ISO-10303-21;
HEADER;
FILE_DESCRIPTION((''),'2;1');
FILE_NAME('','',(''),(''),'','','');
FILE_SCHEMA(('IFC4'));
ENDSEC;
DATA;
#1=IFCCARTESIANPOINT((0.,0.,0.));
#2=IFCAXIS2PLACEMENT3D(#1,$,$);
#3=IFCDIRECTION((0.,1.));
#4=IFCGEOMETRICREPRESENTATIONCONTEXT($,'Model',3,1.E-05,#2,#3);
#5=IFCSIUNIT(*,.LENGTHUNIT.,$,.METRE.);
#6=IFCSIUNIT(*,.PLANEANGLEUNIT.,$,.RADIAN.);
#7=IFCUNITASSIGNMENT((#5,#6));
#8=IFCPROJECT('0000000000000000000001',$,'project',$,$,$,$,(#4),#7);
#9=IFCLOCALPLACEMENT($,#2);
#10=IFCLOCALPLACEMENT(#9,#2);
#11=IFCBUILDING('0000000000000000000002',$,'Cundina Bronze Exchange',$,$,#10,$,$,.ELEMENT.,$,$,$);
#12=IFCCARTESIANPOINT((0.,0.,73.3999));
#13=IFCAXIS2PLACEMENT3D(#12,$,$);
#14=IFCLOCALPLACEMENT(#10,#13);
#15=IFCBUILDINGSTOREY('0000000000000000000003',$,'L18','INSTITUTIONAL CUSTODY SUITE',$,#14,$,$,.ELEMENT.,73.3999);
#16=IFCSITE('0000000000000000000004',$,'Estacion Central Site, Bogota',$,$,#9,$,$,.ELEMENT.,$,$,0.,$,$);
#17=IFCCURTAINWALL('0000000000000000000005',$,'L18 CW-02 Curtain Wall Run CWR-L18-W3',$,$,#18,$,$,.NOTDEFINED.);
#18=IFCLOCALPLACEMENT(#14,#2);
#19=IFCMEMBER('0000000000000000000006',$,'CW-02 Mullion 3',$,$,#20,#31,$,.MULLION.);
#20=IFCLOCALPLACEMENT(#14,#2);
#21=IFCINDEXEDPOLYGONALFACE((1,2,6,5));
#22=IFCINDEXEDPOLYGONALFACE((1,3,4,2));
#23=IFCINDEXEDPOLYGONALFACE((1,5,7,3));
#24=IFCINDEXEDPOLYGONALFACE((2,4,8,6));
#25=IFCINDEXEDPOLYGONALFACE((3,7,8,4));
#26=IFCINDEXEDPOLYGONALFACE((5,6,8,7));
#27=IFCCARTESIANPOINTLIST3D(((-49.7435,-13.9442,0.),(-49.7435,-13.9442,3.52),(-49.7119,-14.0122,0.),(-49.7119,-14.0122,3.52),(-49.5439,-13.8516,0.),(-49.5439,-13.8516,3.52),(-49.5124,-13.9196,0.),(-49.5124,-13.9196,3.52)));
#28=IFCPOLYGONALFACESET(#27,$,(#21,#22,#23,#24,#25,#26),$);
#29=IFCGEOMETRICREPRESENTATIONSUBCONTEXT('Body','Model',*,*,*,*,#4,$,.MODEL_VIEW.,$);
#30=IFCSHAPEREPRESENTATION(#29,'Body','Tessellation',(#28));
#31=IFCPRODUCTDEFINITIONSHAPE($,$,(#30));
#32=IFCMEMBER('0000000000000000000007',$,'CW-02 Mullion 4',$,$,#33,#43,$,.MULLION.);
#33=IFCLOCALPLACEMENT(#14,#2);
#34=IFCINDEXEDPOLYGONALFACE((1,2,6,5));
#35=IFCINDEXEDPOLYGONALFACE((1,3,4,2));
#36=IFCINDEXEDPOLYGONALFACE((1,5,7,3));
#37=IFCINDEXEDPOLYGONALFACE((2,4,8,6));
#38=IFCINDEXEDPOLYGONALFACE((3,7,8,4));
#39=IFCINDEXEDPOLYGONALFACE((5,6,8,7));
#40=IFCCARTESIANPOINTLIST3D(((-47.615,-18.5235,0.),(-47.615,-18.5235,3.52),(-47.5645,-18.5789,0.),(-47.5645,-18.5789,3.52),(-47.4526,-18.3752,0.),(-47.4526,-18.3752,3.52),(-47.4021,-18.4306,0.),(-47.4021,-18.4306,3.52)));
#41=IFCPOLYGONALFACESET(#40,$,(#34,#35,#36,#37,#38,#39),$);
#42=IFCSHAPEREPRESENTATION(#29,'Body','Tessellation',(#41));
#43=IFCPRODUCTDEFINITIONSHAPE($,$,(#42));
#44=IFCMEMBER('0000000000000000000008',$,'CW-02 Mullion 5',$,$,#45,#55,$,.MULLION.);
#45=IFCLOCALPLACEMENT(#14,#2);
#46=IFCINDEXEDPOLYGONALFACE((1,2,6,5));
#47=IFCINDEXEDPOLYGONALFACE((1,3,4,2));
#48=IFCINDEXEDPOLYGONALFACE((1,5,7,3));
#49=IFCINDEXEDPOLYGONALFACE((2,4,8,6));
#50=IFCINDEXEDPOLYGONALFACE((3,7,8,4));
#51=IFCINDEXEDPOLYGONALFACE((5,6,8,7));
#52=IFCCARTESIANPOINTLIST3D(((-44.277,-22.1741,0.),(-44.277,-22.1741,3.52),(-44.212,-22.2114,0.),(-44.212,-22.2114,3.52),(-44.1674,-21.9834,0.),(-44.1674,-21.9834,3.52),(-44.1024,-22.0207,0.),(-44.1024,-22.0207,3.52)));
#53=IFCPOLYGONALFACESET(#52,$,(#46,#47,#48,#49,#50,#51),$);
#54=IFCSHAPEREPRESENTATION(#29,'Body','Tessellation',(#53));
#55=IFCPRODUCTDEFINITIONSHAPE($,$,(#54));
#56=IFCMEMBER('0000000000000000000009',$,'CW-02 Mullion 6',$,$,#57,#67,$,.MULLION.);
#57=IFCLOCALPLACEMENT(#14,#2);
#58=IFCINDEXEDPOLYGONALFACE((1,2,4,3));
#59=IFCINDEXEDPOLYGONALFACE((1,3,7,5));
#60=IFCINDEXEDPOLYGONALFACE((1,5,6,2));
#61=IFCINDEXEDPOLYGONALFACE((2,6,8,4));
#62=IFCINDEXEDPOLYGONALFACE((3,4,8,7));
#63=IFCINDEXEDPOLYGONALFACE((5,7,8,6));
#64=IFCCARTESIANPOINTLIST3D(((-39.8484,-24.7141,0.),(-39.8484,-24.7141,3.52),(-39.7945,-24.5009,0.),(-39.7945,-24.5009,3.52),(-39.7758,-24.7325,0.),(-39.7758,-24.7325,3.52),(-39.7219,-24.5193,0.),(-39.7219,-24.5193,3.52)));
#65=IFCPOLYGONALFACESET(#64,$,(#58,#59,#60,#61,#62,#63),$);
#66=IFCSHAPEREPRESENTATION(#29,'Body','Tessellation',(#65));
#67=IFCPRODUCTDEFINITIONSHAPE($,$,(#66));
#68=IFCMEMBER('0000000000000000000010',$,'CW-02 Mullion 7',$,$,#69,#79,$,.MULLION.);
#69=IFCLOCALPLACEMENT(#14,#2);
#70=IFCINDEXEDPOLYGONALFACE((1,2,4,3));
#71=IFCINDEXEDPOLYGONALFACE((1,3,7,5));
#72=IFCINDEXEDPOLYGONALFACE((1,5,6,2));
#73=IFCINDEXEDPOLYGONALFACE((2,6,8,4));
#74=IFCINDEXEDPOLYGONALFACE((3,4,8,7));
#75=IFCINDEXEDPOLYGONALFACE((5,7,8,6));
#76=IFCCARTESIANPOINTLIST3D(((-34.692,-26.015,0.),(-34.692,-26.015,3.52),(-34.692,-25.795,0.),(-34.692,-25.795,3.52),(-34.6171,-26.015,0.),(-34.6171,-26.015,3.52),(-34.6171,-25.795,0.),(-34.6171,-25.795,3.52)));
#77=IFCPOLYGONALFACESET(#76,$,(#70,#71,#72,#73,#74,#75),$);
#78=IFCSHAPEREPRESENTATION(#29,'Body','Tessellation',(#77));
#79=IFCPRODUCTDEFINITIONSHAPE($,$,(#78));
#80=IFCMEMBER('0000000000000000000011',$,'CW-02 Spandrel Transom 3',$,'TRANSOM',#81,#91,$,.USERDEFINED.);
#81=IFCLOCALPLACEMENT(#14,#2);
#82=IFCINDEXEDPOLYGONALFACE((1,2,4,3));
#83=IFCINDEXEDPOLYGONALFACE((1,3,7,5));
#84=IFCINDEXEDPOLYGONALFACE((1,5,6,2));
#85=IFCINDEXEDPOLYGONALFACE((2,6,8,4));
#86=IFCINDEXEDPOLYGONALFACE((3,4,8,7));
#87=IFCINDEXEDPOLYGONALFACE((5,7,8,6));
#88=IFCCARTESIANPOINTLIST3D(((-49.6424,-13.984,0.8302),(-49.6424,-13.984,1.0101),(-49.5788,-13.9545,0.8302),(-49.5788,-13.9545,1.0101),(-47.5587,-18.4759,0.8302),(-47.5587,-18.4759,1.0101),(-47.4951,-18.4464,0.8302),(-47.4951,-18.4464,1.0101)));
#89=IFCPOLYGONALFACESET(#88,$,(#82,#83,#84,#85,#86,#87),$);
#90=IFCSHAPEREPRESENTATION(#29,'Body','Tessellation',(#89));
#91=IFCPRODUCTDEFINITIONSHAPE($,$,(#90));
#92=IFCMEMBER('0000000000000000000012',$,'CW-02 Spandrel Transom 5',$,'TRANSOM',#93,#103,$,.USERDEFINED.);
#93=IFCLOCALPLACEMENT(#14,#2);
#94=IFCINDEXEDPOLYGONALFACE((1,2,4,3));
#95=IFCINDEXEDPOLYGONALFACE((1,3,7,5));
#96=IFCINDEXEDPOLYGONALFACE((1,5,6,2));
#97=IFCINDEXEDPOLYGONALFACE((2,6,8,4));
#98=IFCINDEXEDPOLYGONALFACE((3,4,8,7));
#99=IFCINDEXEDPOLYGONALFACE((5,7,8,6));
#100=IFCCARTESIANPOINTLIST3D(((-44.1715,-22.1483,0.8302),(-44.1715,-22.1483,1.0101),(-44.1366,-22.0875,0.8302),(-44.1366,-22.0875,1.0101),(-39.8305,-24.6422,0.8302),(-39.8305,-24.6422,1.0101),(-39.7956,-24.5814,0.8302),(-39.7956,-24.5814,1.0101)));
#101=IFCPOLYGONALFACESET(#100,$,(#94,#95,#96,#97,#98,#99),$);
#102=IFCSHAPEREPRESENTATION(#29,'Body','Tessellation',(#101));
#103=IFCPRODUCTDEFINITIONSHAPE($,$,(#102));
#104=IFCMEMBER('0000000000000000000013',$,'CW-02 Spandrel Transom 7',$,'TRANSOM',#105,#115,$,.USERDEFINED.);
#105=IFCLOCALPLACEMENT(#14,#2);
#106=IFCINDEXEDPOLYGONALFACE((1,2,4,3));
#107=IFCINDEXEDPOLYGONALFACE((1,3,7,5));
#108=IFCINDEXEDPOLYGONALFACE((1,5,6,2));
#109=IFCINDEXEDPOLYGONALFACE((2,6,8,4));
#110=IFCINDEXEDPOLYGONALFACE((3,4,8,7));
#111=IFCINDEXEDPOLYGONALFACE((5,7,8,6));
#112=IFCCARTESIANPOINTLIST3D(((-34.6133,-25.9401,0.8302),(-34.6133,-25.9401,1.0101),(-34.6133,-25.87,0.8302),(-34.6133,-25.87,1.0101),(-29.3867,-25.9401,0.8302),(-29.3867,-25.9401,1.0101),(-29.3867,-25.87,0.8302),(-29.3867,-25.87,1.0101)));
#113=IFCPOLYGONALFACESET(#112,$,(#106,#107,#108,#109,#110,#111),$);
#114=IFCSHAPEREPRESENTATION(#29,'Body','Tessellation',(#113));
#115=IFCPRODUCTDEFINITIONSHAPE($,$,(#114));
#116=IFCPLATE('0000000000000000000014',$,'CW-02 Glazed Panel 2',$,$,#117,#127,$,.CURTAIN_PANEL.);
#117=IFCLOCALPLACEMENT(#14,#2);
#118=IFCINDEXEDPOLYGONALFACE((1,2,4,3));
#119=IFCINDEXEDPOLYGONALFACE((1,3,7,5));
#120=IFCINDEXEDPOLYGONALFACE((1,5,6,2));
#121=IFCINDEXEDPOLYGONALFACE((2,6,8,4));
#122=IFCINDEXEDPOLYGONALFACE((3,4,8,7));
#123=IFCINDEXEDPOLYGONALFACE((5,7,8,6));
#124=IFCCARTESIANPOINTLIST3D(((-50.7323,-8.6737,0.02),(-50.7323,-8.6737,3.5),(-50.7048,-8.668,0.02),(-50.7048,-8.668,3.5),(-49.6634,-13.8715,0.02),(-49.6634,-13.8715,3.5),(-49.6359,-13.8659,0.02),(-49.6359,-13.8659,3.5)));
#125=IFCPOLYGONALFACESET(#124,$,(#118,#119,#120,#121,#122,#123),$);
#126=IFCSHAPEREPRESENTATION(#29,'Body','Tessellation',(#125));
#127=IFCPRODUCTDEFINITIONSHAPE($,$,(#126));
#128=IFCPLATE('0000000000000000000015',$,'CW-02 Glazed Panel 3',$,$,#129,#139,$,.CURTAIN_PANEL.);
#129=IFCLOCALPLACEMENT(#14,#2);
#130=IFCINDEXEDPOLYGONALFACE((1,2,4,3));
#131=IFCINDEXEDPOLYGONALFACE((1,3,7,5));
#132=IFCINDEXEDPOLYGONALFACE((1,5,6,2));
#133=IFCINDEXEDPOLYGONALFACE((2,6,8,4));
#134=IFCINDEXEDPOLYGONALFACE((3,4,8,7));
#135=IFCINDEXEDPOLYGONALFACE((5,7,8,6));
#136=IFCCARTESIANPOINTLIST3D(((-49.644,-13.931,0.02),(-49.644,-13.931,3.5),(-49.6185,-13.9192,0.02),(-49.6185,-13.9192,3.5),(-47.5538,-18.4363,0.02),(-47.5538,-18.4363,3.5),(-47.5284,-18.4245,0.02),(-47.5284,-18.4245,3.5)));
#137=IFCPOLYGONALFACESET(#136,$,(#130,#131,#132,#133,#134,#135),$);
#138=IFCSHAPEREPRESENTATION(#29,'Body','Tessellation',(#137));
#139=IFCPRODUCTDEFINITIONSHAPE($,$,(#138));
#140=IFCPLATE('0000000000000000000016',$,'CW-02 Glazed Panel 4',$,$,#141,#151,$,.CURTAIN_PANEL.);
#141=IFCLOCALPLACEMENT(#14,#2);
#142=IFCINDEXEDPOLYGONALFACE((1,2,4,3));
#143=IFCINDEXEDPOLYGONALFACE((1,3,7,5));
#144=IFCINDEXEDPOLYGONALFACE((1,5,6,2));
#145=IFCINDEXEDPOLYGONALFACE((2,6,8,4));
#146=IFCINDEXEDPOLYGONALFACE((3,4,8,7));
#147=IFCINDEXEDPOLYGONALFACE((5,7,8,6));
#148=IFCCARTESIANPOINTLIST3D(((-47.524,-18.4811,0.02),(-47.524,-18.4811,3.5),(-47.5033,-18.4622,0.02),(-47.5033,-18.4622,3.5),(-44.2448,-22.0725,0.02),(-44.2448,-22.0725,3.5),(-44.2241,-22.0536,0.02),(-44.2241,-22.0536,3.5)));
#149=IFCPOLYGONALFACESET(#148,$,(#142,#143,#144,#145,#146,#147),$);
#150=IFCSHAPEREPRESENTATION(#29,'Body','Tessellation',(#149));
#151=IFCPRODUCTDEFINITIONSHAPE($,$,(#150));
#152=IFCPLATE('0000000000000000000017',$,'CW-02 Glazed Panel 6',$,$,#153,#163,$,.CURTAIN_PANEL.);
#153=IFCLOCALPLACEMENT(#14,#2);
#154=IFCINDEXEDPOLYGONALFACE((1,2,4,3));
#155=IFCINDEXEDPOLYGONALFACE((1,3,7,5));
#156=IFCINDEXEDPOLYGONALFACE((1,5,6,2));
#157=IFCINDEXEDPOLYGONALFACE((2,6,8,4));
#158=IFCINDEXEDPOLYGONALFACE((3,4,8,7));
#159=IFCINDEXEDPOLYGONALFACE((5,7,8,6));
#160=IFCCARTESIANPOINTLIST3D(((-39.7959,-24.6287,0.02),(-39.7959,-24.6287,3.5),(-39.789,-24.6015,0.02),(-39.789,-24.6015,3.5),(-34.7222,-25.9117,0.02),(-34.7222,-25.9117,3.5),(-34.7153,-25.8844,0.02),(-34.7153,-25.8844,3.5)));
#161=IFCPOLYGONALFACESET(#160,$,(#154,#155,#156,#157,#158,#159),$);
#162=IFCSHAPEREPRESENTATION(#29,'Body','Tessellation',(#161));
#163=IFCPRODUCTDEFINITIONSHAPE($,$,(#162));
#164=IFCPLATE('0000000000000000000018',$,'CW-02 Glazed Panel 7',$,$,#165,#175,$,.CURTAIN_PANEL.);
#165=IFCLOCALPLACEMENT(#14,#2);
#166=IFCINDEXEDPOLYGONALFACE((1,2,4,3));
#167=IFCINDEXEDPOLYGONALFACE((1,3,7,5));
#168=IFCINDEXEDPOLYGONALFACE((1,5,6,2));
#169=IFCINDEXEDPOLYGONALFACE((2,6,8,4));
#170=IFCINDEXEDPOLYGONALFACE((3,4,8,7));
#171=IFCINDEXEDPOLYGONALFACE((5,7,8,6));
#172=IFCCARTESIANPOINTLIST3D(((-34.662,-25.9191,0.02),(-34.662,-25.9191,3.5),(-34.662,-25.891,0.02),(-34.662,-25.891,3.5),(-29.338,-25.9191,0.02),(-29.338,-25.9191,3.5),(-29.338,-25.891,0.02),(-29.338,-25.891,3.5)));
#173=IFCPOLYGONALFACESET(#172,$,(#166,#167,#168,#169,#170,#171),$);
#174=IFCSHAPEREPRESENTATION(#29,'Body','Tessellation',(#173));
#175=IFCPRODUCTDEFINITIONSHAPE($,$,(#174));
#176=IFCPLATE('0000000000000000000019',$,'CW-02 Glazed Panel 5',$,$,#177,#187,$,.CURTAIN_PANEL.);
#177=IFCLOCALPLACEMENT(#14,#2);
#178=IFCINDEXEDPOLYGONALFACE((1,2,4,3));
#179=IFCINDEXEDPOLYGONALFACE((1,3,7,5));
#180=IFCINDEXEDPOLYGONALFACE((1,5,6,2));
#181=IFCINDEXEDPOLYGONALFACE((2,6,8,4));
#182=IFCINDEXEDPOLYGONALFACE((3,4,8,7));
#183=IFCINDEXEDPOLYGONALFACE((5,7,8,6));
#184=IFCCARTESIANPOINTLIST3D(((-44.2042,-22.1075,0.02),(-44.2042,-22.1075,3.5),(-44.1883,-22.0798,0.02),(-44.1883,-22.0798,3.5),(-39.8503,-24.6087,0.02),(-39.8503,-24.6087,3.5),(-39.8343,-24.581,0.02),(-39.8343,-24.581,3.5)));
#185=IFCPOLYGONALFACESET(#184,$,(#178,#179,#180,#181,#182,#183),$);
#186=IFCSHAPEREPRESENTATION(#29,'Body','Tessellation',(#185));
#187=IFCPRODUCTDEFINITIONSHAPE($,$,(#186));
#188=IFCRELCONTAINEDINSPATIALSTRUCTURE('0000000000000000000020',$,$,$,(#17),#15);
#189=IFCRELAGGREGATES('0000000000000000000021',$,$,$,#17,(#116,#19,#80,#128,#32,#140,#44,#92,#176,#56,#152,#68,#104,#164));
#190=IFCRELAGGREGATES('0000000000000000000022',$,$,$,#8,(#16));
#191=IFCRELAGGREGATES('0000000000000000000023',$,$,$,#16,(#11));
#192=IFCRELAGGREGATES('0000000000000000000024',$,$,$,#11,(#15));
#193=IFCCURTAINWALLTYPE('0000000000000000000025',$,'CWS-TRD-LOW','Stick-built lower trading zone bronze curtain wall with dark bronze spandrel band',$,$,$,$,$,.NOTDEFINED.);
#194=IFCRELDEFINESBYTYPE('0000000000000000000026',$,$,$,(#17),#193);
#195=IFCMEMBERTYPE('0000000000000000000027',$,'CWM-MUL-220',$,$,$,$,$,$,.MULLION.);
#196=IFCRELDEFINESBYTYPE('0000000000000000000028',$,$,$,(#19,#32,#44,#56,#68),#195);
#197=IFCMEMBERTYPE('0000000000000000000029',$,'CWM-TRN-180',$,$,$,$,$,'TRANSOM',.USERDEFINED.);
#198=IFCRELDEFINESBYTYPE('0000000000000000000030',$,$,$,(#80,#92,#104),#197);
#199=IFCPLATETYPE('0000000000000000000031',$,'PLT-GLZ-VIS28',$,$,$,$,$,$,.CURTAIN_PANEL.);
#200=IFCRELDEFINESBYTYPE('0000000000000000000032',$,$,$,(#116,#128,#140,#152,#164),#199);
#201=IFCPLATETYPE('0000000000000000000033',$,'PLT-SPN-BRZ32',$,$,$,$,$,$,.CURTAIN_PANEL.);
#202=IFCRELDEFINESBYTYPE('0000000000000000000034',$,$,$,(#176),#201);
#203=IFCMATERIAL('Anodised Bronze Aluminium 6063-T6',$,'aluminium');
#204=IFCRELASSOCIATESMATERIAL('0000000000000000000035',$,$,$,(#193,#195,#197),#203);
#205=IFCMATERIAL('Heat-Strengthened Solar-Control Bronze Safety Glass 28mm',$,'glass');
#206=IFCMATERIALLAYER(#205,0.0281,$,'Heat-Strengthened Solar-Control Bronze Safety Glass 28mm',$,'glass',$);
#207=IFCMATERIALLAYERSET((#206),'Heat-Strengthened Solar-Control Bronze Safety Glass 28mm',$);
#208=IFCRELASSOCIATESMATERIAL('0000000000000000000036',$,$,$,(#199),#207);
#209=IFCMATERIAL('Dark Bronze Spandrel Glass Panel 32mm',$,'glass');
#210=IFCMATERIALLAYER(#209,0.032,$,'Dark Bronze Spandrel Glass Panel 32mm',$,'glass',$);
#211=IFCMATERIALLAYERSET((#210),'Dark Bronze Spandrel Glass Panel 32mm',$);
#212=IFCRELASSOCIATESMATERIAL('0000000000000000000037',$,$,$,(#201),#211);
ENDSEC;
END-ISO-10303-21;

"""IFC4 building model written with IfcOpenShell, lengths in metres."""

from ifc_helpers import new_model, si_unit, direction, frame, origin, origin_2d, place, context, subcontext, project, spatial, rectangle, extrude, material, layer, layer_set, material_profile, profile_set, type_object, element, aggregate, save


model = new_model("IFC4")

# Units and contexts
model_context = context("Model", 3, precision=1e-05, world=origin(), true_north=direction((0.0, 1.0)))
body_context = subcontext(model_context, "Body", "Model", "MODEL_VIEW")
ifc_project = project(units=[si_unit("LENGTHUNIT", "METRE"), si_unit("PLANEANGLEUNIT", "RADIAN")], contexts=[model_context])

# Site, building, storey
site_placement = place(None, origin())
site = spatial("IfcSite", under=ifc_project, at=site_placement, Name="Estacion Central Site, Bogota", CompositionType="ELEMENT", RefElevation=0.0)
building_placement = place(site_placement, origin())
building = spatial("IfcBuilding", under=site, at=building_placement, Name="Cundina Bronze Exchange", CompositionType="ELEMENT")
storey_placement = place(building_placement, frame((0.0, 0.0, 73.3999)))
storey = spatial("IfcBuildingStorey", under=building, at=storey_placement, Name="L18", Description="INSTITUTIONAL CUSTODY SUITE", CompositionType="ELEMENT", Elevation=73.3999)

# Curtain wall, members, plates
ifc_material_1 = material(Name="Anodised Bronze Aluminium 6063-T6", Category="aluminium")
curtain_wall_type = type_object("IfcCurtainWallType", Name="CWS-TRD-LOW", Description="Stick-built lower trading zone bronze curtain wall with dark bronze spandrel band", PredefinedType="NOTDEFINED", material=ifc_material_1)
curtain_wall_placement = place(storey_placement, origin())
curtain_wall = element("IfcCurtainWall", 1, at=curtain_wall_placement, inside=storey, type_object=curtain_wall_type, Name="L18 CW-02 Curtain Wall Run CWR-L18-W3", PredefinedType="NOTDEFINED")
ifc_material_profile_1 = material_profile(ifc_material_1, rectangle(XDim=0.075, YDim=0.22, at=origin_2d()), Name="AL75X220", Category="aluminium")
ifc_profile_set_1 = profile_set([ifc_material_profile_1], Name="Anodised Bronze Aluminium 6063-T6")
member_type_1 = type_object("IfcMemberType", Name="CWM-MUL-220", PredefinedType="MULLION", material=ifc_profile_set_1)
member_1_placement = place(storey_placement, frame((-49.6279, -13.9319, 0.0), z_axis=(0.0, 0.0, 1.0), x_axis=(0.420877, -0.907117, 0.0)))
member_1 = element("IfcMember", 2, at=member_1_placement, type_object=member_type_1, Name="CW-02 Mullion 3", PredefinedType="MULLION", context=body_context, shape_type="SweptSolid", body=[
    extrude(rectangle(XDim=0.075, YDim=0.22, at=origin_2d()), origin(), (0.0, 0.0, 1.0), 3.52),
])
member_2_placement = place(storey_placement, frame((-47.5085, -18.4771, 0.0), z_axis=(0.0, 0.0, 1.0), x_axis=(0.674302, -0.738455, 0.0)))
member_2 = element("IfcMember", 3, at=member_2_placement, type_object=member_type_1, Name="CW-02 Mullion 4", PredefinedType="MULLION", context=body_context, shape_type="SweptSolid", body=[
    extrude(rectangle(XDim=0.075, YDim=0.22, at=origin_2d()), origin(), (0.0, 0.0, 1.0), 3.52),
])
member_3_placement = place(storey_placement, frame((-44.1897, -22.0974, 0.0), z_axis=(0.0, 0.0, 1.0), x_axis=(0.867071, -0.498185, 0.0)))
member_3 = element("IfcMember", 4, at=member_3_placement, type_object=member_type_1, Name="CW-02 Mullion 5", PredefinedType="MULLION", context=body_context, shape_type="SweptSolid", body=[
    extrude(rectangle(XDim=0.075, YDim=0.22, at=origin_2d()), origin(), (0.0, 0.0, 1.0), 3.52),
])
member_4_placement = place(storey_placement, frame((-39.7852, -24.6167, 0.0), z_axis=(0.0, 0.0, 1.0), x_axis=(0.969488, -0.245138, 0.0)))
member_4 = element("IfcMember", 5, at=member_4_placement, type_object=member_type_1, Name="CW-02 Mullion 6", PredefinedType="MULLION", context=body_context, shape_type="SweptSolid", body=[
    extrude(rectangle(XDim=0.075, YDim=0.22, at=origin_2d()), origin(), (0.0, 0.0, 1.0), 3.52),
])
member_5_placement = place(storey_placement, frame((-34.6545, -25.905, 0.0), z_axis=(0.0, 0.0, 1.0), x_axis=(1.0, 0.0, 0.0)))
member_5 = element("IfcMember", 6, at=member_5_placement, type_object=member_type_1, Name="CW-02 Mullion 7", PredefinedType="MULLION", context=body_context, shape_type="SweptSolid", body=[
    extrude(rectangle(XDim=0.075, YDim=0.22, at=origin_2d()), origin(), (0.0, 0.0, 1.0), 3.52),
])
ifc_material_profile_2 = material_profile(ifc_material_1, rectangle(XDim=0.0701, YDim=0.1799, at=origin_2d()), Name="AL70X180", Category="aluminium")
ifc_profile_set_2 = profile_set([ifc_material_profile_2], Name="Anodised Bronze Aluminium 6063-T6")
member_type_2 = type_object("IfcMemberType", Name="CWM-TRN-180", ElementType="TRANSOM", PredefinedType="USERDEFINED", material=ifc_profile_set_2)
member_6_placement = place(storey_placement, frame((-49.6106, -13.9692, 0.9202), z_axis=(0.420811, -0.907148, 0.0), x_axis=(0.907148, 0.420811, 0.0)))
member_6 = element("IfcMember", 7, at=member_6_placement, type_object=member_type_2, Name="CW-02 Spandrel Transom 3", ObjectType="TRANSOM", PredefinedType="USERDEFINED", context=body_context, shape_type="SweptSolid", body=[
    extrude(rectangle(XDim=0.0701, YDim=0.1799, at=origin_2d()), origin(), (0.0, 0.0, 1.0), 4.9517),
])
member_7_placement = place(storey_placement, frame((-44.1541, -22.1179, 0.9202), z_axis=(0.867097, -0.498139, 0.0), x_axis=(0.498139, 0.867097, 0.0)))
member_7 = element("IfcMember", 8, at=member_7_placement, type_object=member_type_2, Name="CW-02 Spandrel Transom 5", ObjectType="TRANSOM", PredefinedType="USERDEFINED", context=body_context, shape_type="SweptSolid", body=[
    extrude(rectangle(XDim=0.0701, YDim=0.1799, at=origin_2d()), origin(), (0.0, 0.0, 1.0), 5.0063),
])
member_8_placement = place(storey_placement, frame((-34.6133, -25.905, 0.9202), z_axis=(1.0, 0.0, 0.0), x_axis=(0.0, 1.0, 0.0)))
member_8 = element("IfcMember", 9, at=member_8_placement, type_object=member_type_2, Name="CW-02 Spandrel Transom 7", ObjectType="TRANSOM", PredefinedType="USERDEFINED", context=body_context, shape_type="SweptSolid", body=[
    extrude(rectangle(XDim=0.0701, YDim=0.1799, at=origin_2d()), origin(), (0.0, 0.0, 1.0), 5.2266),
])
ifc_material_2 = material(Name="Heat-Strengthened Solar-Control Bronze Safety Glass 28mm", Category="glass")
ifc_layer_1 = layer(ifc_material_2, 0.0281, Name="Heat-Strengthened Solar-Control Bronze Safety Glass 28mm", Category="glass")
ifc_layer_set_1 = layer_set([ifc_layer_1], Name="Heat-Strengthened Solar-Control Bronze Safety Glass 28mm")
plate_type_1 = type_object("IfcPlateType", Name="PLT-GLZ-VIS28", PredefinedType="CURTAIN_PANEL", material=ifc_layer_set_1)
plate_1_placement = place(storey_placement, frame((-50.1841, -11.2698, 0.02), z_axis=(0.0, 0.0, 1.0), x_axis=(0.20142, -0.979505, 0.0)))
plate_1 = element("IfcPlate", 10, at=plate_1_placement, type_object=plate_type_1, Name="CW-02 Glazed Panel 2", PredefinedType="CURTAIN_PANEL", context=body_context, shape_type="SweptSolid", body=[
    extrude(rectangle(XDim=5.3066, YDim=0.0281, at=origin_2d()), origin(), (0.0, 0.0, 1.0), 3.48),
])
plate_2_placement = place(storey_placement, frame((-48.5862, -16.1777, 0.02), z_axis=(0.0, 0.0, 1.0), x_axis=(0.420846, -0.907132, 0.0)))
plate_2 = element("IfcPlate", 11, at=plate_2_placement, type_object=plate_type_1, Name="CW-02 Glazed Panel 3", PredefinedType="CURTAIN_PANEL", context=body_context, shape_type="SweptSolid", body=[
    extrude(rectangle(XDim=4.9666, YDim=0.0281, at=origin_2d()), origin(), (0.0, 0.0, 1.0), 3.48),
])
plate_3_placement = place(storey_placement, frame((-45.874, -20.2673, 0.02), z_axis=(0.0, 0.0, 1.0), x_axis=(0.674277, -0.738479, 0.0)))
plate_3 = element("IfcPlate", 12, at=plate_3_placement, type_object=plate_type_1, Name="CW-02 Glazed Panel 4", PredefinedType="CURTAIN_PANEL", context=body_context, shape_type="SweptSolid", body=[
    extrude(rectangle(XDim=4.8633, YDim=0.0281, at=origin_2d()), origin(), (0.0, 0.0, 1.0), 3.48),
])
plate_4_placement = place(storey_placement, frame((-37.2556, -25.2566, 0.02), z_axis=(0.0, 0.0, 1.0), x_axis=(0.969488, -0.245138, 0.0)))
plate_4 = element("IfcPlate", 13, at=plate_4_placement, type_object=plate_type_1, Name="CW-02 Glazed Panel 6", PredefinedType="CURTAIN_PANEL", context=body_context, shape_type="SweptSolid", body=[
    extrude(rectangle(XDim=5.2334, YDim=0.0281, at=origin_2d()), origin(), (0.0, 0.0, 1.0), 3.48),
])
plate_5_placement = place(storey_placement, frame((-32.0, -25.905, 0.02), z_axis=(0.0, 0.0, 1.0), x_axis=(1.0, 0.0, 0.0)))
plate_5 = element("IfcPlate", 14, at=plate_5_placement, type_object=plate_type_1, Name="CW-02 Glazed Panel 7", PredefinedType="CURTAIN_PANEL", context=body_context, shape_type="SweptSolid", body=[
    extrude(rectangle(XDim=5.324, YDim=0.0281, at=origin_2d()), origin(), (0.0, 0.0, 1.0), 3.48),
])
ifc_material_3 = material(Name="Dark Bronze Spandrel Glass Panel 32mm", Category="glass")
ifc_layer_2 = layer(ifc_material_3, 0.032, Name="Dark Bronze Spandrel Glass Panel 32mm", Category="glass")
ifc_layer_set_2 = layer_set([ifc_layer_2], Name="Dark Bronze Spandrel Glass Panel 32mm")
plate_type_2 = type_object("IfcPlateType", Name="PLT-SPN-BRZ32", PredefinedType="CURTAIN_PANEL", material=ifc_layer_set_2)
plate_6_placement = place(storey_placement, frame((-42.0193, -23.3442, 0.02), z_axis=(0.0, 0.0, 1.0), x_axis=(0.867105, -0.498125, 0.0)))
plate_6 = element("IfcPlate", 15, at=plate_6_placement, type_object=plate_type_2, Name="CW-02 Glazed Panel 5", PredefinedType="CURTAIN_PANEL", context=body_context, shape_type="SweptSolid", body=[
    extrude(rectangle(XDim=5.0212, YDim=0.032, at=origin_2d()), origin(), (0.0, 0.0, 1.0), 3.48),
])
aggregate(curtain_wall, [plate_1, member_1, member_6, plate_2, member_2, plate_3, member_3, member_7, plate_6, member_4, plate_4, member_5, member_8, plate_5])

save(model, "model.ifc")
